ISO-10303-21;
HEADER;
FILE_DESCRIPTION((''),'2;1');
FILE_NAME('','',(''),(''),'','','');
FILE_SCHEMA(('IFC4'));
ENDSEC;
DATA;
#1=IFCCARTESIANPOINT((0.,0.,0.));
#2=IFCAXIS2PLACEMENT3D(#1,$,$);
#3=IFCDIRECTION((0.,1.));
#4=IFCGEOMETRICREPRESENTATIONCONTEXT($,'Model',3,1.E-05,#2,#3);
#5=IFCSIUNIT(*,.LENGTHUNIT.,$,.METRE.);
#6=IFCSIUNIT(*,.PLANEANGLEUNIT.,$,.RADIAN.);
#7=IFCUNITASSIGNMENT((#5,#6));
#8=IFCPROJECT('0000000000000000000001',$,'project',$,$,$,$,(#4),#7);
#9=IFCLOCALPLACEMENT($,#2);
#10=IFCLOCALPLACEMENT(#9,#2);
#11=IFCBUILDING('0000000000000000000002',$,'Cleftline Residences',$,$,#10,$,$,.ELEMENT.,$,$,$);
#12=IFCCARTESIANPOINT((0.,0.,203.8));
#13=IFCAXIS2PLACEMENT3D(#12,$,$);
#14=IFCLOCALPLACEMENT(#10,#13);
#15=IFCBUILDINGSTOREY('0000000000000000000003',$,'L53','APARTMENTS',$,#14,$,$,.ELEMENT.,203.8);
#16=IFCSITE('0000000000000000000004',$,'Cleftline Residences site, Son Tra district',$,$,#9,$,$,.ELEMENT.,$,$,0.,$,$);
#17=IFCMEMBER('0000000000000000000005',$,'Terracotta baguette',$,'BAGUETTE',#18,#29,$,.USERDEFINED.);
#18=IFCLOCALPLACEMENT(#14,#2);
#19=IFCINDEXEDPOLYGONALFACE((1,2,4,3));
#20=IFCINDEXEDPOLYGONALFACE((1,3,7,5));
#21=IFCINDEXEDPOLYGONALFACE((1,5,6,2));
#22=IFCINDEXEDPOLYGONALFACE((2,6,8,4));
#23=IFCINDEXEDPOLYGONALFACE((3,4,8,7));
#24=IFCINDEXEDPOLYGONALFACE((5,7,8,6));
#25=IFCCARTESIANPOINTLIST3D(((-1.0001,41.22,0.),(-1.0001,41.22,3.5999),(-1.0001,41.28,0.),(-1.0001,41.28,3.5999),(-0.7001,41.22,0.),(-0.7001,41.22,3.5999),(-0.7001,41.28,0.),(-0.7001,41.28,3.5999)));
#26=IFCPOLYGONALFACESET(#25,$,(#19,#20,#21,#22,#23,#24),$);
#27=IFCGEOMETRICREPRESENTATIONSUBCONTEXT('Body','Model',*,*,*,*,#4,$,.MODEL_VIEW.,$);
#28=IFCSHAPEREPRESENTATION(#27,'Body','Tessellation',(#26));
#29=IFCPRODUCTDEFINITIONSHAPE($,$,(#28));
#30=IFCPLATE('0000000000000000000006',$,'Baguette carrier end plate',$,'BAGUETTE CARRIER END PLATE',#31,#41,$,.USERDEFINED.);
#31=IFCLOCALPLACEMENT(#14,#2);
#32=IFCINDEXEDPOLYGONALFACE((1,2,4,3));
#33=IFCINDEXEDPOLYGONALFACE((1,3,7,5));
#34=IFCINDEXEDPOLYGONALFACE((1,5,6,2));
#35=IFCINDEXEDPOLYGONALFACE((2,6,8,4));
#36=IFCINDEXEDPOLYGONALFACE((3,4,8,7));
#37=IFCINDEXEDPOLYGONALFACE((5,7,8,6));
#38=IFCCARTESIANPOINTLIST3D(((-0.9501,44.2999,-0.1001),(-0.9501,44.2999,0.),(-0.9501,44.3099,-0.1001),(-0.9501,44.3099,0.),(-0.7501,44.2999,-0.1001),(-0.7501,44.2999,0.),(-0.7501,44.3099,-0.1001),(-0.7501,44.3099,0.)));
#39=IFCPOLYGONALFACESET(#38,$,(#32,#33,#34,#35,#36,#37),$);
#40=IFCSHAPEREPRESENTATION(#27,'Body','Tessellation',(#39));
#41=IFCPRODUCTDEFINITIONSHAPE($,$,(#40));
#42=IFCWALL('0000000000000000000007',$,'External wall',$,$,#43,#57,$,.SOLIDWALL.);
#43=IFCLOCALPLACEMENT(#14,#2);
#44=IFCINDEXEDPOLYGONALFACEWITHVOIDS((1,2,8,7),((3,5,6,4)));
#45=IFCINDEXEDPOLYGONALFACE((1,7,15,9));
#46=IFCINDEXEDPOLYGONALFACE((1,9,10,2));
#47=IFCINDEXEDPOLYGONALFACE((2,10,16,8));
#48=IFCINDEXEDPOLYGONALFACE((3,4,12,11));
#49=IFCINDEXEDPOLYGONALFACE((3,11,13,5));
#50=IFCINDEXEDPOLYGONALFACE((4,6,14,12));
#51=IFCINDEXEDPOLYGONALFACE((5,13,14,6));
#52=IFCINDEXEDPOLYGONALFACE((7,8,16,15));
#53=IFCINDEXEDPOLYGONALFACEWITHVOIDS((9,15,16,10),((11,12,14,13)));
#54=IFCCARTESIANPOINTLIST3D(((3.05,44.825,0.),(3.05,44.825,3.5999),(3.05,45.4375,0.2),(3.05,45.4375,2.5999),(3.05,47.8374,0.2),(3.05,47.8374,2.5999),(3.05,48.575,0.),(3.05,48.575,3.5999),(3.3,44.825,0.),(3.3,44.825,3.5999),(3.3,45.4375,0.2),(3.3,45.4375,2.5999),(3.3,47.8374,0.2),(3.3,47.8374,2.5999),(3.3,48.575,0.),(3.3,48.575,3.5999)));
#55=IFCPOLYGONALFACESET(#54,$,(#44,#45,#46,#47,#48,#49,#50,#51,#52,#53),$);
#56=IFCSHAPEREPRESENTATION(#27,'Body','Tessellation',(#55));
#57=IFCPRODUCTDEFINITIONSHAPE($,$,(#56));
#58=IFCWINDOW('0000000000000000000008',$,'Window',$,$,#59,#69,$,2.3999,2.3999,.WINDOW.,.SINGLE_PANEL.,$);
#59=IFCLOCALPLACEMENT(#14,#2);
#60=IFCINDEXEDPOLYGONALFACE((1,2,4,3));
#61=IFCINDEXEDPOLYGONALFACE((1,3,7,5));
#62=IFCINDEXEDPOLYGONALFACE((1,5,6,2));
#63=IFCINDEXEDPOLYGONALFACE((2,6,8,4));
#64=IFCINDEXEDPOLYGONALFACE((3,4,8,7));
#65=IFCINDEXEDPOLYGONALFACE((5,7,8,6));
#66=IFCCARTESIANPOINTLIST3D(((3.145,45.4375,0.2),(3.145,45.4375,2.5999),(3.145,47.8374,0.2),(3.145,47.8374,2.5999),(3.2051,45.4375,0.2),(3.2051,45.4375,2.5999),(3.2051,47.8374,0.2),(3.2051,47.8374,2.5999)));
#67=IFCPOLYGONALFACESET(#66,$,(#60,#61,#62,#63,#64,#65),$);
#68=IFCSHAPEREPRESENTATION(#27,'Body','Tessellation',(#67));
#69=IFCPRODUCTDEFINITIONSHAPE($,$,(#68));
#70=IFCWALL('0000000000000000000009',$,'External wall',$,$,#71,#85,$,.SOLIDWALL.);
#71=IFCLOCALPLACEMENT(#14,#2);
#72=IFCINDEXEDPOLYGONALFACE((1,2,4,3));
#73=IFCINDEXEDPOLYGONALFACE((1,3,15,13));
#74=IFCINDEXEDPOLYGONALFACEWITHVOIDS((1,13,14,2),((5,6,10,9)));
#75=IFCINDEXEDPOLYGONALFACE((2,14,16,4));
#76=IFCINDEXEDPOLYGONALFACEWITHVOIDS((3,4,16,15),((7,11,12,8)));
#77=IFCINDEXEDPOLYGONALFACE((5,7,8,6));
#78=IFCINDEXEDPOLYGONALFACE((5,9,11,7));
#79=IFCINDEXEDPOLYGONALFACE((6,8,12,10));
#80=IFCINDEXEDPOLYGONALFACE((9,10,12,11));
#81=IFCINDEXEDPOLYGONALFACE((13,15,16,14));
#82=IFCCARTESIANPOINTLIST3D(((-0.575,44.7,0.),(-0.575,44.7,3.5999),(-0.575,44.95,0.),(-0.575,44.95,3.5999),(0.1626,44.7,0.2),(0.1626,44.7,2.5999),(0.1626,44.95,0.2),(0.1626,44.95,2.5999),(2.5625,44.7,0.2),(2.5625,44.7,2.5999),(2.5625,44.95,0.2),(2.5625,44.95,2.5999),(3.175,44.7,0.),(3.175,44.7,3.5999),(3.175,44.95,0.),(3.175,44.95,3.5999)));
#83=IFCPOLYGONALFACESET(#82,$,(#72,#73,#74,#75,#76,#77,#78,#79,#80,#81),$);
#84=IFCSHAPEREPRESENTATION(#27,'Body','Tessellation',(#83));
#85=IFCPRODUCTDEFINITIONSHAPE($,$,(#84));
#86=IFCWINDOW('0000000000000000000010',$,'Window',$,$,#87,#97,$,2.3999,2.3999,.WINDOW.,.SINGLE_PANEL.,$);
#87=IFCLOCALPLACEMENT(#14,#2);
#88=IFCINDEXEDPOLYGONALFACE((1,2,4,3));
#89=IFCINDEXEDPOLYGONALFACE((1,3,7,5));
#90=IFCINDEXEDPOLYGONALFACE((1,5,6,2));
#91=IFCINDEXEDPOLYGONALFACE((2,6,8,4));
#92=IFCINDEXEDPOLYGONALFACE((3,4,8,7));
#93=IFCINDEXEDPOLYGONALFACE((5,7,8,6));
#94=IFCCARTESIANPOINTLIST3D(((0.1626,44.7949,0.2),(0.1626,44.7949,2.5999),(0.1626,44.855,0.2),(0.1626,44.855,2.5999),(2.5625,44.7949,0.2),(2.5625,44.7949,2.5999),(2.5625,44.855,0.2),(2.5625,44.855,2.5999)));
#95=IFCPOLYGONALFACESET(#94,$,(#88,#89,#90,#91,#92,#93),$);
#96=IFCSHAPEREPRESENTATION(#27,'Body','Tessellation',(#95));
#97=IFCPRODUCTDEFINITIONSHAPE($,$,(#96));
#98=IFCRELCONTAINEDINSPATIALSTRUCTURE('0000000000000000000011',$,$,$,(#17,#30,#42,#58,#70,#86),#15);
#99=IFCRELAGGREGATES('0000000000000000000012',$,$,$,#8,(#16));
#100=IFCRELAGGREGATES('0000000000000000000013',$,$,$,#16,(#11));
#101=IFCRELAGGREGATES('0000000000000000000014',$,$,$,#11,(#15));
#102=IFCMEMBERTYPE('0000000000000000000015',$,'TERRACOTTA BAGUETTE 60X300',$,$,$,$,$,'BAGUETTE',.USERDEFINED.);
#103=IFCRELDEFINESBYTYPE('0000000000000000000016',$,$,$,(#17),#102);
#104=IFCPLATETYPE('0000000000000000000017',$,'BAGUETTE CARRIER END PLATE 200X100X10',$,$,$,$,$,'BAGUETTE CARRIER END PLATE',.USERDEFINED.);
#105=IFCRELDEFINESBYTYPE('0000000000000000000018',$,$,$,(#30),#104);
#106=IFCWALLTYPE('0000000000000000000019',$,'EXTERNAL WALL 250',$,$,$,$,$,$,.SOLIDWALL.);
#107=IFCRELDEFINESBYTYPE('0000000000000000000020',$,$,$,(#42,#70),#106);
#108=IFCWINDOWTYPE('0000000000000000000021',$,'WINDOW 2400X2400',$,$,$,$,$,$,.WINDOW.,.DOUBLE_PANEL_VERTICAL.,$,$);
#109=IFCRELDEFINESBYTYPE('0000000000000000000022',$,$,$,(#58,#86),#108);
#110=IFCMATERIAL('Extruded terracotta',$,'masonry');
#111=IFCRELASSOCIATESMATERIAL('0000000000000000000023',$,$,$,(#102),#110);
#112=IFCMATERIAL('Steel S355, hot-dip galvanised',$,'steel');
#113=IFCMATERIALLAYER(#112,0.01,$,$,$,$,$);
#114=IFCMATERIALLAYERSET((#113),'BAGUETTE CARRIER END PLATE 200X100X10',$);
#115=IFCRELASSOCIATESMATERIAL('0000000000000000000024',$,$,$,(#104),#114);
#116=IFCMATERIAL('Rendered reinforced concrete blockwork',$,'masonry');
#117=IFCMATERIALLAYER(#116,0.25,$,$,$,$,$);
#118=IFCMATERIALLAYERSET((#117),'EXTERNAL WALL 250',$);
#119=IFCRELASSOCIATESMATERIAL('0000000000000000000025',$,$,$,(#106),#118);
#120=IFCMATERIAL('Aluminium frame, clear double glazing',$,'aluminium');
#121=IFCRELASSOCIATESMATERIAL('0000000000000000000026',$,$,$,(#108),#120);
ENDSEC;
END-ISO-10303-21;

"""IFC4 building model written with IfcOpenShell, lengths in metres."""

from ifc_helpers import new_model, si_unit, direction, frame, frame_2d, origin, origin_2d, place, context, subcontext, project, spatial, rectangle, extrude, material, layer, layer_set, material_profile, profile_set, type_object, element, fill, save


model = new_model("IFC4")

# Units and contexts
model_context = context("Model", 3, precision=1e-05, world=origin(), true_north=direction((0.0, 1.0)))
body_context = subcontext(model_context, "Body", "Model", "MODEL_VIEW")
ifc_project = project(units=[si_unit("LENGTHUNIT", "METRE"), si_unit("PLANEANGLEUNIT", "RADIAN")], contexts=[model_context])

# Site, building, storey
site_placement = place(None, origin())
site = spatial("IfcSite", under=ifc_project, at=site_placement, Name="Cleftline Residences site, Son Tra district", CompositionType="ELEMENT", RefElevation=0.0)
building_placement = place(site_placement, origin())
building = spatial("IfcBuilding", under=site, at=building_placement, Name="Cleftline Residences", CompositionType="ELEMENT")
storey_placement = place(building_placement, frame((0.0, 0.0, 203.8)))
storey = spatial("IfcBuildingStorey", under=building, at=storey_placement, Name="L53", Description="APARTMENTS", CompositionType="ELEMENT", Elevation=203.8)

# Member
ifc_material_1 = material(Name="Extruded terracotta", Category="masonry")
ifc_material_profile_1 = material_profile(ifc_material_1, rectangle(XDim=0.0601, YDim=0.3, at=origin_2d()))
ifc_profile_set_1 = profile_set([ifc_material_profile_1], Name="Extruded terracotta")
member_type_1 = type_object("IfcMemberType", Name="TERRACOTTA BAGUETTE 60X300", ElementType="BAGUETTE", PredefinedType="USERDEFINED", material=ifc_profile_set_1)
for number, where, z_axis, x_axis, name in (
    (1, (-0.8501, 41.25, 0.0), (0.0, 0.0, 1.0), (0.0, 1.0, 0.0), "Terracotta baguette"),
):
    element("IfcMember", number, at=place(storey_placement, frame(where, z_axis=z_axis, x_axis=x_axis)), inside=storey, type_object=member_type_1, Name=name, ObjectType="BAGUETTE", PredefinedType="USERDEFINED", context=body_context, shape_type="SweptSolid", body=[
        extrude(rectangle(XDim=0.0601, YDim=0.3, at=origin_2d()), origin(), (0.0, 0.0, 1.0), 3.5999),
    ])

# Plate
ifc_material_2 = material(Name="Steel S355, hot-dip galvanised", Category="steel")
ifc_layer_1 = layer(ifc_material_2, 0.01)
ifc_layer_set_1 = layer_set([ifc_layer_1], Name="BAGUETTE CARRIER END PLATE 200X100X10")
plate_type = type_object("IfcPlateType", Name="BAGUETTE CARRIER END PLATE 200X100X10", ElementType="BAGUETTE CARRIER END PLATE", PredefinedType="USERDEFINED", material=ifc_layer_set_1)
plate_placement = place(storey_placement, frame((-0.8501, 44.3049, -0.1001), z_axis=(0.0, 0.0, 1.0), x_axis=(-1.0, 0.0, 0.0)))
element("IfcPlate", 2, at=plate_placement, inside=storey, type_object=plate_type, Name="Baguette carrier end plate", ObjectType="BAGUETTE CARRIER END PLATE", PredefinedType="USERDEFINED", context=body_context, shape_type="SweptSolid", body=[
    extrude(rectangle(XDim=0.2, YDim=0.01, at=origin_2d()), origin(), (0.0, 0.0, 1.0), 0.1001),
])

# Walls, openings, windows
ifc_material_3 = material(Name="Rendered reinforced concrete blockwork", Category="masonry")
ifc_layer_2 = layer(ifc_material_3, 0.25)
ifc_layer_set_2 = layer_set([ifc_layer_2], Name="EXTERNAL WALL 250")
wall_type_1 = type_object("IfcWallType", Name="EXTERNAL WALL 250", PredefinedType="SOLIDWALL", material=ifc_layer_set_2)
wall_1_placement = place(storey_placement, frame((3.175, 48.575, 0.0), z_axis=(0.0, 0.0, 1.0), x_axis=(0.0, -1.0, 0.0)))
wall_1 = element("IfcWall", 3, at=wall_1_placement, inside=storey, type_object=wall_type_1, Name="External wall", PredefinedType="SOLIDWALL", context=body_context, shape_type="SweptSolid", body=[
    extrude(rectangle(XDim=3.75, YDim=0.25, at=frame_2d((1.875, 0.0))), origin(), (0.0, 0.0, 1.0), 3.5999),
])
opening_1_placement = place(wall_1_placement, frame((0.7375, 0.0, 0.2)))
opening_1 = element("IfcOpeningElement", 4, at=opening_1_placement, cuts=wall_1, PredefinedType="OPENING", context=body_context, shape_type="SweptSolid", body=[
    extrude(rectangle(XDim=2.3999, YDim=2.3999, at=frame_2d((1.2, 1.2))), frame((0.0, 0.135, 0.0), z_axis=(0.0, -1.0, 0.0), x_axis=(1.0, 0.0, 0.0)), (0.0, 0.0, 1.0), 0.27),
])
ifc_material_4 = material(Name="Aluminium frame, clear double glazing", Category="aluminium")
window_type_1 = type_object("IfcWindowType", Name="WINDOW 2400X2400", PartitioningType="DOUBLE_PANEL_VERTICAL", PredefinedType="WINDOW", material=ifc_material_4)
window_1_placement = place(opening_1_placement, origin())
window_1 = element("IfcWindow", 5, at=window_1_placement, inside=storey, type_object=window_type_1, Name="Window", OverallHeight=2.3999, OverallWidth=2.3999, PartitioningType="SINGLE_PANEL", PredefinedType="WINDOW", context=body_context, shape_type="SweptSolid", body=[
    extrude(rectangle(XDim=2.3999, YDim=2.3999, at=frame_2d((1.2, 1.2))), frame((0.0, 0.03, 0.0), z_axis=(0.0, -1.0, 0.0), x_axis=(1.0, 0.0, 0.0)), (0.0, 0.0, 1.0), 0.0601),
])
fill(opening_1, window_1)
wall_2_placement = place(storey_placement, frame((3.175, 44.825, 0.0), z_axis=(0.0, 0.0, 1.0), x_axis=(-1.0, 0.0, 0.0)))
wall_2 = element("IfcWall", 6, at=wall_2_placement, inside=storey, type_object=wall_type_1, Name="External wall", PredefinedType="SOLIDWALL", context=body_context, shape_type="SweptSolid", body=[
    extrude(rectangle(XDim=3.75, YDim=0.25, at=frame_2d((1.875, 0.0))), origin(), (0.0, 0.0, 1.0), 3.5999),
])
opening_2_placement = place(wall_2_placement, frame((0.6125, 0.0, 0.2)))
opening_2 = element("IfcOpeningElement", 7, at=opening_2_placement, cuts=wall_2, PredefinedType="OPENING", context=body_context, shape_type="SweptSolid", body=[
    extrude(rectangle(XDim=2.3999, YDim=2.3999, at=frame_2d((1.2, 1.2))), frame((0.0, 0.135, 0.0), z_axis=(0.0, -1.0, 0.0), x_axis=(1.0, 0.0, 0.0)), (0.0, 0.0, 1.0), 0.27),
])
window_2_placement = place(opening_2_placement, origin())
window_2 = element("IfcWindow", 8, at=window_2_placement, inside=storey, type_object=window_type_1, Name="Window", OverallHeight=2.3999, OverallWidth=2.3999, PartitioningType="SINGLE_PANEL", PredefinedType="WINDOW", context=body_context, shape_type="SweptSolid", body=[
    extrude(rectangle(XDim=2.3999, YDim=2.3999, at=frame_2d((1.2, 1.2))), frame((0.0, 0.03, 0.0), z_axis=(0.0, -1.0, 0.0), x_axis=(1.0, 0.0, 0.0)), (0.0, 0.0, 1.0), 0.0601),
])
fill(opening_2, window_2)

save(model, "model.ifc")
